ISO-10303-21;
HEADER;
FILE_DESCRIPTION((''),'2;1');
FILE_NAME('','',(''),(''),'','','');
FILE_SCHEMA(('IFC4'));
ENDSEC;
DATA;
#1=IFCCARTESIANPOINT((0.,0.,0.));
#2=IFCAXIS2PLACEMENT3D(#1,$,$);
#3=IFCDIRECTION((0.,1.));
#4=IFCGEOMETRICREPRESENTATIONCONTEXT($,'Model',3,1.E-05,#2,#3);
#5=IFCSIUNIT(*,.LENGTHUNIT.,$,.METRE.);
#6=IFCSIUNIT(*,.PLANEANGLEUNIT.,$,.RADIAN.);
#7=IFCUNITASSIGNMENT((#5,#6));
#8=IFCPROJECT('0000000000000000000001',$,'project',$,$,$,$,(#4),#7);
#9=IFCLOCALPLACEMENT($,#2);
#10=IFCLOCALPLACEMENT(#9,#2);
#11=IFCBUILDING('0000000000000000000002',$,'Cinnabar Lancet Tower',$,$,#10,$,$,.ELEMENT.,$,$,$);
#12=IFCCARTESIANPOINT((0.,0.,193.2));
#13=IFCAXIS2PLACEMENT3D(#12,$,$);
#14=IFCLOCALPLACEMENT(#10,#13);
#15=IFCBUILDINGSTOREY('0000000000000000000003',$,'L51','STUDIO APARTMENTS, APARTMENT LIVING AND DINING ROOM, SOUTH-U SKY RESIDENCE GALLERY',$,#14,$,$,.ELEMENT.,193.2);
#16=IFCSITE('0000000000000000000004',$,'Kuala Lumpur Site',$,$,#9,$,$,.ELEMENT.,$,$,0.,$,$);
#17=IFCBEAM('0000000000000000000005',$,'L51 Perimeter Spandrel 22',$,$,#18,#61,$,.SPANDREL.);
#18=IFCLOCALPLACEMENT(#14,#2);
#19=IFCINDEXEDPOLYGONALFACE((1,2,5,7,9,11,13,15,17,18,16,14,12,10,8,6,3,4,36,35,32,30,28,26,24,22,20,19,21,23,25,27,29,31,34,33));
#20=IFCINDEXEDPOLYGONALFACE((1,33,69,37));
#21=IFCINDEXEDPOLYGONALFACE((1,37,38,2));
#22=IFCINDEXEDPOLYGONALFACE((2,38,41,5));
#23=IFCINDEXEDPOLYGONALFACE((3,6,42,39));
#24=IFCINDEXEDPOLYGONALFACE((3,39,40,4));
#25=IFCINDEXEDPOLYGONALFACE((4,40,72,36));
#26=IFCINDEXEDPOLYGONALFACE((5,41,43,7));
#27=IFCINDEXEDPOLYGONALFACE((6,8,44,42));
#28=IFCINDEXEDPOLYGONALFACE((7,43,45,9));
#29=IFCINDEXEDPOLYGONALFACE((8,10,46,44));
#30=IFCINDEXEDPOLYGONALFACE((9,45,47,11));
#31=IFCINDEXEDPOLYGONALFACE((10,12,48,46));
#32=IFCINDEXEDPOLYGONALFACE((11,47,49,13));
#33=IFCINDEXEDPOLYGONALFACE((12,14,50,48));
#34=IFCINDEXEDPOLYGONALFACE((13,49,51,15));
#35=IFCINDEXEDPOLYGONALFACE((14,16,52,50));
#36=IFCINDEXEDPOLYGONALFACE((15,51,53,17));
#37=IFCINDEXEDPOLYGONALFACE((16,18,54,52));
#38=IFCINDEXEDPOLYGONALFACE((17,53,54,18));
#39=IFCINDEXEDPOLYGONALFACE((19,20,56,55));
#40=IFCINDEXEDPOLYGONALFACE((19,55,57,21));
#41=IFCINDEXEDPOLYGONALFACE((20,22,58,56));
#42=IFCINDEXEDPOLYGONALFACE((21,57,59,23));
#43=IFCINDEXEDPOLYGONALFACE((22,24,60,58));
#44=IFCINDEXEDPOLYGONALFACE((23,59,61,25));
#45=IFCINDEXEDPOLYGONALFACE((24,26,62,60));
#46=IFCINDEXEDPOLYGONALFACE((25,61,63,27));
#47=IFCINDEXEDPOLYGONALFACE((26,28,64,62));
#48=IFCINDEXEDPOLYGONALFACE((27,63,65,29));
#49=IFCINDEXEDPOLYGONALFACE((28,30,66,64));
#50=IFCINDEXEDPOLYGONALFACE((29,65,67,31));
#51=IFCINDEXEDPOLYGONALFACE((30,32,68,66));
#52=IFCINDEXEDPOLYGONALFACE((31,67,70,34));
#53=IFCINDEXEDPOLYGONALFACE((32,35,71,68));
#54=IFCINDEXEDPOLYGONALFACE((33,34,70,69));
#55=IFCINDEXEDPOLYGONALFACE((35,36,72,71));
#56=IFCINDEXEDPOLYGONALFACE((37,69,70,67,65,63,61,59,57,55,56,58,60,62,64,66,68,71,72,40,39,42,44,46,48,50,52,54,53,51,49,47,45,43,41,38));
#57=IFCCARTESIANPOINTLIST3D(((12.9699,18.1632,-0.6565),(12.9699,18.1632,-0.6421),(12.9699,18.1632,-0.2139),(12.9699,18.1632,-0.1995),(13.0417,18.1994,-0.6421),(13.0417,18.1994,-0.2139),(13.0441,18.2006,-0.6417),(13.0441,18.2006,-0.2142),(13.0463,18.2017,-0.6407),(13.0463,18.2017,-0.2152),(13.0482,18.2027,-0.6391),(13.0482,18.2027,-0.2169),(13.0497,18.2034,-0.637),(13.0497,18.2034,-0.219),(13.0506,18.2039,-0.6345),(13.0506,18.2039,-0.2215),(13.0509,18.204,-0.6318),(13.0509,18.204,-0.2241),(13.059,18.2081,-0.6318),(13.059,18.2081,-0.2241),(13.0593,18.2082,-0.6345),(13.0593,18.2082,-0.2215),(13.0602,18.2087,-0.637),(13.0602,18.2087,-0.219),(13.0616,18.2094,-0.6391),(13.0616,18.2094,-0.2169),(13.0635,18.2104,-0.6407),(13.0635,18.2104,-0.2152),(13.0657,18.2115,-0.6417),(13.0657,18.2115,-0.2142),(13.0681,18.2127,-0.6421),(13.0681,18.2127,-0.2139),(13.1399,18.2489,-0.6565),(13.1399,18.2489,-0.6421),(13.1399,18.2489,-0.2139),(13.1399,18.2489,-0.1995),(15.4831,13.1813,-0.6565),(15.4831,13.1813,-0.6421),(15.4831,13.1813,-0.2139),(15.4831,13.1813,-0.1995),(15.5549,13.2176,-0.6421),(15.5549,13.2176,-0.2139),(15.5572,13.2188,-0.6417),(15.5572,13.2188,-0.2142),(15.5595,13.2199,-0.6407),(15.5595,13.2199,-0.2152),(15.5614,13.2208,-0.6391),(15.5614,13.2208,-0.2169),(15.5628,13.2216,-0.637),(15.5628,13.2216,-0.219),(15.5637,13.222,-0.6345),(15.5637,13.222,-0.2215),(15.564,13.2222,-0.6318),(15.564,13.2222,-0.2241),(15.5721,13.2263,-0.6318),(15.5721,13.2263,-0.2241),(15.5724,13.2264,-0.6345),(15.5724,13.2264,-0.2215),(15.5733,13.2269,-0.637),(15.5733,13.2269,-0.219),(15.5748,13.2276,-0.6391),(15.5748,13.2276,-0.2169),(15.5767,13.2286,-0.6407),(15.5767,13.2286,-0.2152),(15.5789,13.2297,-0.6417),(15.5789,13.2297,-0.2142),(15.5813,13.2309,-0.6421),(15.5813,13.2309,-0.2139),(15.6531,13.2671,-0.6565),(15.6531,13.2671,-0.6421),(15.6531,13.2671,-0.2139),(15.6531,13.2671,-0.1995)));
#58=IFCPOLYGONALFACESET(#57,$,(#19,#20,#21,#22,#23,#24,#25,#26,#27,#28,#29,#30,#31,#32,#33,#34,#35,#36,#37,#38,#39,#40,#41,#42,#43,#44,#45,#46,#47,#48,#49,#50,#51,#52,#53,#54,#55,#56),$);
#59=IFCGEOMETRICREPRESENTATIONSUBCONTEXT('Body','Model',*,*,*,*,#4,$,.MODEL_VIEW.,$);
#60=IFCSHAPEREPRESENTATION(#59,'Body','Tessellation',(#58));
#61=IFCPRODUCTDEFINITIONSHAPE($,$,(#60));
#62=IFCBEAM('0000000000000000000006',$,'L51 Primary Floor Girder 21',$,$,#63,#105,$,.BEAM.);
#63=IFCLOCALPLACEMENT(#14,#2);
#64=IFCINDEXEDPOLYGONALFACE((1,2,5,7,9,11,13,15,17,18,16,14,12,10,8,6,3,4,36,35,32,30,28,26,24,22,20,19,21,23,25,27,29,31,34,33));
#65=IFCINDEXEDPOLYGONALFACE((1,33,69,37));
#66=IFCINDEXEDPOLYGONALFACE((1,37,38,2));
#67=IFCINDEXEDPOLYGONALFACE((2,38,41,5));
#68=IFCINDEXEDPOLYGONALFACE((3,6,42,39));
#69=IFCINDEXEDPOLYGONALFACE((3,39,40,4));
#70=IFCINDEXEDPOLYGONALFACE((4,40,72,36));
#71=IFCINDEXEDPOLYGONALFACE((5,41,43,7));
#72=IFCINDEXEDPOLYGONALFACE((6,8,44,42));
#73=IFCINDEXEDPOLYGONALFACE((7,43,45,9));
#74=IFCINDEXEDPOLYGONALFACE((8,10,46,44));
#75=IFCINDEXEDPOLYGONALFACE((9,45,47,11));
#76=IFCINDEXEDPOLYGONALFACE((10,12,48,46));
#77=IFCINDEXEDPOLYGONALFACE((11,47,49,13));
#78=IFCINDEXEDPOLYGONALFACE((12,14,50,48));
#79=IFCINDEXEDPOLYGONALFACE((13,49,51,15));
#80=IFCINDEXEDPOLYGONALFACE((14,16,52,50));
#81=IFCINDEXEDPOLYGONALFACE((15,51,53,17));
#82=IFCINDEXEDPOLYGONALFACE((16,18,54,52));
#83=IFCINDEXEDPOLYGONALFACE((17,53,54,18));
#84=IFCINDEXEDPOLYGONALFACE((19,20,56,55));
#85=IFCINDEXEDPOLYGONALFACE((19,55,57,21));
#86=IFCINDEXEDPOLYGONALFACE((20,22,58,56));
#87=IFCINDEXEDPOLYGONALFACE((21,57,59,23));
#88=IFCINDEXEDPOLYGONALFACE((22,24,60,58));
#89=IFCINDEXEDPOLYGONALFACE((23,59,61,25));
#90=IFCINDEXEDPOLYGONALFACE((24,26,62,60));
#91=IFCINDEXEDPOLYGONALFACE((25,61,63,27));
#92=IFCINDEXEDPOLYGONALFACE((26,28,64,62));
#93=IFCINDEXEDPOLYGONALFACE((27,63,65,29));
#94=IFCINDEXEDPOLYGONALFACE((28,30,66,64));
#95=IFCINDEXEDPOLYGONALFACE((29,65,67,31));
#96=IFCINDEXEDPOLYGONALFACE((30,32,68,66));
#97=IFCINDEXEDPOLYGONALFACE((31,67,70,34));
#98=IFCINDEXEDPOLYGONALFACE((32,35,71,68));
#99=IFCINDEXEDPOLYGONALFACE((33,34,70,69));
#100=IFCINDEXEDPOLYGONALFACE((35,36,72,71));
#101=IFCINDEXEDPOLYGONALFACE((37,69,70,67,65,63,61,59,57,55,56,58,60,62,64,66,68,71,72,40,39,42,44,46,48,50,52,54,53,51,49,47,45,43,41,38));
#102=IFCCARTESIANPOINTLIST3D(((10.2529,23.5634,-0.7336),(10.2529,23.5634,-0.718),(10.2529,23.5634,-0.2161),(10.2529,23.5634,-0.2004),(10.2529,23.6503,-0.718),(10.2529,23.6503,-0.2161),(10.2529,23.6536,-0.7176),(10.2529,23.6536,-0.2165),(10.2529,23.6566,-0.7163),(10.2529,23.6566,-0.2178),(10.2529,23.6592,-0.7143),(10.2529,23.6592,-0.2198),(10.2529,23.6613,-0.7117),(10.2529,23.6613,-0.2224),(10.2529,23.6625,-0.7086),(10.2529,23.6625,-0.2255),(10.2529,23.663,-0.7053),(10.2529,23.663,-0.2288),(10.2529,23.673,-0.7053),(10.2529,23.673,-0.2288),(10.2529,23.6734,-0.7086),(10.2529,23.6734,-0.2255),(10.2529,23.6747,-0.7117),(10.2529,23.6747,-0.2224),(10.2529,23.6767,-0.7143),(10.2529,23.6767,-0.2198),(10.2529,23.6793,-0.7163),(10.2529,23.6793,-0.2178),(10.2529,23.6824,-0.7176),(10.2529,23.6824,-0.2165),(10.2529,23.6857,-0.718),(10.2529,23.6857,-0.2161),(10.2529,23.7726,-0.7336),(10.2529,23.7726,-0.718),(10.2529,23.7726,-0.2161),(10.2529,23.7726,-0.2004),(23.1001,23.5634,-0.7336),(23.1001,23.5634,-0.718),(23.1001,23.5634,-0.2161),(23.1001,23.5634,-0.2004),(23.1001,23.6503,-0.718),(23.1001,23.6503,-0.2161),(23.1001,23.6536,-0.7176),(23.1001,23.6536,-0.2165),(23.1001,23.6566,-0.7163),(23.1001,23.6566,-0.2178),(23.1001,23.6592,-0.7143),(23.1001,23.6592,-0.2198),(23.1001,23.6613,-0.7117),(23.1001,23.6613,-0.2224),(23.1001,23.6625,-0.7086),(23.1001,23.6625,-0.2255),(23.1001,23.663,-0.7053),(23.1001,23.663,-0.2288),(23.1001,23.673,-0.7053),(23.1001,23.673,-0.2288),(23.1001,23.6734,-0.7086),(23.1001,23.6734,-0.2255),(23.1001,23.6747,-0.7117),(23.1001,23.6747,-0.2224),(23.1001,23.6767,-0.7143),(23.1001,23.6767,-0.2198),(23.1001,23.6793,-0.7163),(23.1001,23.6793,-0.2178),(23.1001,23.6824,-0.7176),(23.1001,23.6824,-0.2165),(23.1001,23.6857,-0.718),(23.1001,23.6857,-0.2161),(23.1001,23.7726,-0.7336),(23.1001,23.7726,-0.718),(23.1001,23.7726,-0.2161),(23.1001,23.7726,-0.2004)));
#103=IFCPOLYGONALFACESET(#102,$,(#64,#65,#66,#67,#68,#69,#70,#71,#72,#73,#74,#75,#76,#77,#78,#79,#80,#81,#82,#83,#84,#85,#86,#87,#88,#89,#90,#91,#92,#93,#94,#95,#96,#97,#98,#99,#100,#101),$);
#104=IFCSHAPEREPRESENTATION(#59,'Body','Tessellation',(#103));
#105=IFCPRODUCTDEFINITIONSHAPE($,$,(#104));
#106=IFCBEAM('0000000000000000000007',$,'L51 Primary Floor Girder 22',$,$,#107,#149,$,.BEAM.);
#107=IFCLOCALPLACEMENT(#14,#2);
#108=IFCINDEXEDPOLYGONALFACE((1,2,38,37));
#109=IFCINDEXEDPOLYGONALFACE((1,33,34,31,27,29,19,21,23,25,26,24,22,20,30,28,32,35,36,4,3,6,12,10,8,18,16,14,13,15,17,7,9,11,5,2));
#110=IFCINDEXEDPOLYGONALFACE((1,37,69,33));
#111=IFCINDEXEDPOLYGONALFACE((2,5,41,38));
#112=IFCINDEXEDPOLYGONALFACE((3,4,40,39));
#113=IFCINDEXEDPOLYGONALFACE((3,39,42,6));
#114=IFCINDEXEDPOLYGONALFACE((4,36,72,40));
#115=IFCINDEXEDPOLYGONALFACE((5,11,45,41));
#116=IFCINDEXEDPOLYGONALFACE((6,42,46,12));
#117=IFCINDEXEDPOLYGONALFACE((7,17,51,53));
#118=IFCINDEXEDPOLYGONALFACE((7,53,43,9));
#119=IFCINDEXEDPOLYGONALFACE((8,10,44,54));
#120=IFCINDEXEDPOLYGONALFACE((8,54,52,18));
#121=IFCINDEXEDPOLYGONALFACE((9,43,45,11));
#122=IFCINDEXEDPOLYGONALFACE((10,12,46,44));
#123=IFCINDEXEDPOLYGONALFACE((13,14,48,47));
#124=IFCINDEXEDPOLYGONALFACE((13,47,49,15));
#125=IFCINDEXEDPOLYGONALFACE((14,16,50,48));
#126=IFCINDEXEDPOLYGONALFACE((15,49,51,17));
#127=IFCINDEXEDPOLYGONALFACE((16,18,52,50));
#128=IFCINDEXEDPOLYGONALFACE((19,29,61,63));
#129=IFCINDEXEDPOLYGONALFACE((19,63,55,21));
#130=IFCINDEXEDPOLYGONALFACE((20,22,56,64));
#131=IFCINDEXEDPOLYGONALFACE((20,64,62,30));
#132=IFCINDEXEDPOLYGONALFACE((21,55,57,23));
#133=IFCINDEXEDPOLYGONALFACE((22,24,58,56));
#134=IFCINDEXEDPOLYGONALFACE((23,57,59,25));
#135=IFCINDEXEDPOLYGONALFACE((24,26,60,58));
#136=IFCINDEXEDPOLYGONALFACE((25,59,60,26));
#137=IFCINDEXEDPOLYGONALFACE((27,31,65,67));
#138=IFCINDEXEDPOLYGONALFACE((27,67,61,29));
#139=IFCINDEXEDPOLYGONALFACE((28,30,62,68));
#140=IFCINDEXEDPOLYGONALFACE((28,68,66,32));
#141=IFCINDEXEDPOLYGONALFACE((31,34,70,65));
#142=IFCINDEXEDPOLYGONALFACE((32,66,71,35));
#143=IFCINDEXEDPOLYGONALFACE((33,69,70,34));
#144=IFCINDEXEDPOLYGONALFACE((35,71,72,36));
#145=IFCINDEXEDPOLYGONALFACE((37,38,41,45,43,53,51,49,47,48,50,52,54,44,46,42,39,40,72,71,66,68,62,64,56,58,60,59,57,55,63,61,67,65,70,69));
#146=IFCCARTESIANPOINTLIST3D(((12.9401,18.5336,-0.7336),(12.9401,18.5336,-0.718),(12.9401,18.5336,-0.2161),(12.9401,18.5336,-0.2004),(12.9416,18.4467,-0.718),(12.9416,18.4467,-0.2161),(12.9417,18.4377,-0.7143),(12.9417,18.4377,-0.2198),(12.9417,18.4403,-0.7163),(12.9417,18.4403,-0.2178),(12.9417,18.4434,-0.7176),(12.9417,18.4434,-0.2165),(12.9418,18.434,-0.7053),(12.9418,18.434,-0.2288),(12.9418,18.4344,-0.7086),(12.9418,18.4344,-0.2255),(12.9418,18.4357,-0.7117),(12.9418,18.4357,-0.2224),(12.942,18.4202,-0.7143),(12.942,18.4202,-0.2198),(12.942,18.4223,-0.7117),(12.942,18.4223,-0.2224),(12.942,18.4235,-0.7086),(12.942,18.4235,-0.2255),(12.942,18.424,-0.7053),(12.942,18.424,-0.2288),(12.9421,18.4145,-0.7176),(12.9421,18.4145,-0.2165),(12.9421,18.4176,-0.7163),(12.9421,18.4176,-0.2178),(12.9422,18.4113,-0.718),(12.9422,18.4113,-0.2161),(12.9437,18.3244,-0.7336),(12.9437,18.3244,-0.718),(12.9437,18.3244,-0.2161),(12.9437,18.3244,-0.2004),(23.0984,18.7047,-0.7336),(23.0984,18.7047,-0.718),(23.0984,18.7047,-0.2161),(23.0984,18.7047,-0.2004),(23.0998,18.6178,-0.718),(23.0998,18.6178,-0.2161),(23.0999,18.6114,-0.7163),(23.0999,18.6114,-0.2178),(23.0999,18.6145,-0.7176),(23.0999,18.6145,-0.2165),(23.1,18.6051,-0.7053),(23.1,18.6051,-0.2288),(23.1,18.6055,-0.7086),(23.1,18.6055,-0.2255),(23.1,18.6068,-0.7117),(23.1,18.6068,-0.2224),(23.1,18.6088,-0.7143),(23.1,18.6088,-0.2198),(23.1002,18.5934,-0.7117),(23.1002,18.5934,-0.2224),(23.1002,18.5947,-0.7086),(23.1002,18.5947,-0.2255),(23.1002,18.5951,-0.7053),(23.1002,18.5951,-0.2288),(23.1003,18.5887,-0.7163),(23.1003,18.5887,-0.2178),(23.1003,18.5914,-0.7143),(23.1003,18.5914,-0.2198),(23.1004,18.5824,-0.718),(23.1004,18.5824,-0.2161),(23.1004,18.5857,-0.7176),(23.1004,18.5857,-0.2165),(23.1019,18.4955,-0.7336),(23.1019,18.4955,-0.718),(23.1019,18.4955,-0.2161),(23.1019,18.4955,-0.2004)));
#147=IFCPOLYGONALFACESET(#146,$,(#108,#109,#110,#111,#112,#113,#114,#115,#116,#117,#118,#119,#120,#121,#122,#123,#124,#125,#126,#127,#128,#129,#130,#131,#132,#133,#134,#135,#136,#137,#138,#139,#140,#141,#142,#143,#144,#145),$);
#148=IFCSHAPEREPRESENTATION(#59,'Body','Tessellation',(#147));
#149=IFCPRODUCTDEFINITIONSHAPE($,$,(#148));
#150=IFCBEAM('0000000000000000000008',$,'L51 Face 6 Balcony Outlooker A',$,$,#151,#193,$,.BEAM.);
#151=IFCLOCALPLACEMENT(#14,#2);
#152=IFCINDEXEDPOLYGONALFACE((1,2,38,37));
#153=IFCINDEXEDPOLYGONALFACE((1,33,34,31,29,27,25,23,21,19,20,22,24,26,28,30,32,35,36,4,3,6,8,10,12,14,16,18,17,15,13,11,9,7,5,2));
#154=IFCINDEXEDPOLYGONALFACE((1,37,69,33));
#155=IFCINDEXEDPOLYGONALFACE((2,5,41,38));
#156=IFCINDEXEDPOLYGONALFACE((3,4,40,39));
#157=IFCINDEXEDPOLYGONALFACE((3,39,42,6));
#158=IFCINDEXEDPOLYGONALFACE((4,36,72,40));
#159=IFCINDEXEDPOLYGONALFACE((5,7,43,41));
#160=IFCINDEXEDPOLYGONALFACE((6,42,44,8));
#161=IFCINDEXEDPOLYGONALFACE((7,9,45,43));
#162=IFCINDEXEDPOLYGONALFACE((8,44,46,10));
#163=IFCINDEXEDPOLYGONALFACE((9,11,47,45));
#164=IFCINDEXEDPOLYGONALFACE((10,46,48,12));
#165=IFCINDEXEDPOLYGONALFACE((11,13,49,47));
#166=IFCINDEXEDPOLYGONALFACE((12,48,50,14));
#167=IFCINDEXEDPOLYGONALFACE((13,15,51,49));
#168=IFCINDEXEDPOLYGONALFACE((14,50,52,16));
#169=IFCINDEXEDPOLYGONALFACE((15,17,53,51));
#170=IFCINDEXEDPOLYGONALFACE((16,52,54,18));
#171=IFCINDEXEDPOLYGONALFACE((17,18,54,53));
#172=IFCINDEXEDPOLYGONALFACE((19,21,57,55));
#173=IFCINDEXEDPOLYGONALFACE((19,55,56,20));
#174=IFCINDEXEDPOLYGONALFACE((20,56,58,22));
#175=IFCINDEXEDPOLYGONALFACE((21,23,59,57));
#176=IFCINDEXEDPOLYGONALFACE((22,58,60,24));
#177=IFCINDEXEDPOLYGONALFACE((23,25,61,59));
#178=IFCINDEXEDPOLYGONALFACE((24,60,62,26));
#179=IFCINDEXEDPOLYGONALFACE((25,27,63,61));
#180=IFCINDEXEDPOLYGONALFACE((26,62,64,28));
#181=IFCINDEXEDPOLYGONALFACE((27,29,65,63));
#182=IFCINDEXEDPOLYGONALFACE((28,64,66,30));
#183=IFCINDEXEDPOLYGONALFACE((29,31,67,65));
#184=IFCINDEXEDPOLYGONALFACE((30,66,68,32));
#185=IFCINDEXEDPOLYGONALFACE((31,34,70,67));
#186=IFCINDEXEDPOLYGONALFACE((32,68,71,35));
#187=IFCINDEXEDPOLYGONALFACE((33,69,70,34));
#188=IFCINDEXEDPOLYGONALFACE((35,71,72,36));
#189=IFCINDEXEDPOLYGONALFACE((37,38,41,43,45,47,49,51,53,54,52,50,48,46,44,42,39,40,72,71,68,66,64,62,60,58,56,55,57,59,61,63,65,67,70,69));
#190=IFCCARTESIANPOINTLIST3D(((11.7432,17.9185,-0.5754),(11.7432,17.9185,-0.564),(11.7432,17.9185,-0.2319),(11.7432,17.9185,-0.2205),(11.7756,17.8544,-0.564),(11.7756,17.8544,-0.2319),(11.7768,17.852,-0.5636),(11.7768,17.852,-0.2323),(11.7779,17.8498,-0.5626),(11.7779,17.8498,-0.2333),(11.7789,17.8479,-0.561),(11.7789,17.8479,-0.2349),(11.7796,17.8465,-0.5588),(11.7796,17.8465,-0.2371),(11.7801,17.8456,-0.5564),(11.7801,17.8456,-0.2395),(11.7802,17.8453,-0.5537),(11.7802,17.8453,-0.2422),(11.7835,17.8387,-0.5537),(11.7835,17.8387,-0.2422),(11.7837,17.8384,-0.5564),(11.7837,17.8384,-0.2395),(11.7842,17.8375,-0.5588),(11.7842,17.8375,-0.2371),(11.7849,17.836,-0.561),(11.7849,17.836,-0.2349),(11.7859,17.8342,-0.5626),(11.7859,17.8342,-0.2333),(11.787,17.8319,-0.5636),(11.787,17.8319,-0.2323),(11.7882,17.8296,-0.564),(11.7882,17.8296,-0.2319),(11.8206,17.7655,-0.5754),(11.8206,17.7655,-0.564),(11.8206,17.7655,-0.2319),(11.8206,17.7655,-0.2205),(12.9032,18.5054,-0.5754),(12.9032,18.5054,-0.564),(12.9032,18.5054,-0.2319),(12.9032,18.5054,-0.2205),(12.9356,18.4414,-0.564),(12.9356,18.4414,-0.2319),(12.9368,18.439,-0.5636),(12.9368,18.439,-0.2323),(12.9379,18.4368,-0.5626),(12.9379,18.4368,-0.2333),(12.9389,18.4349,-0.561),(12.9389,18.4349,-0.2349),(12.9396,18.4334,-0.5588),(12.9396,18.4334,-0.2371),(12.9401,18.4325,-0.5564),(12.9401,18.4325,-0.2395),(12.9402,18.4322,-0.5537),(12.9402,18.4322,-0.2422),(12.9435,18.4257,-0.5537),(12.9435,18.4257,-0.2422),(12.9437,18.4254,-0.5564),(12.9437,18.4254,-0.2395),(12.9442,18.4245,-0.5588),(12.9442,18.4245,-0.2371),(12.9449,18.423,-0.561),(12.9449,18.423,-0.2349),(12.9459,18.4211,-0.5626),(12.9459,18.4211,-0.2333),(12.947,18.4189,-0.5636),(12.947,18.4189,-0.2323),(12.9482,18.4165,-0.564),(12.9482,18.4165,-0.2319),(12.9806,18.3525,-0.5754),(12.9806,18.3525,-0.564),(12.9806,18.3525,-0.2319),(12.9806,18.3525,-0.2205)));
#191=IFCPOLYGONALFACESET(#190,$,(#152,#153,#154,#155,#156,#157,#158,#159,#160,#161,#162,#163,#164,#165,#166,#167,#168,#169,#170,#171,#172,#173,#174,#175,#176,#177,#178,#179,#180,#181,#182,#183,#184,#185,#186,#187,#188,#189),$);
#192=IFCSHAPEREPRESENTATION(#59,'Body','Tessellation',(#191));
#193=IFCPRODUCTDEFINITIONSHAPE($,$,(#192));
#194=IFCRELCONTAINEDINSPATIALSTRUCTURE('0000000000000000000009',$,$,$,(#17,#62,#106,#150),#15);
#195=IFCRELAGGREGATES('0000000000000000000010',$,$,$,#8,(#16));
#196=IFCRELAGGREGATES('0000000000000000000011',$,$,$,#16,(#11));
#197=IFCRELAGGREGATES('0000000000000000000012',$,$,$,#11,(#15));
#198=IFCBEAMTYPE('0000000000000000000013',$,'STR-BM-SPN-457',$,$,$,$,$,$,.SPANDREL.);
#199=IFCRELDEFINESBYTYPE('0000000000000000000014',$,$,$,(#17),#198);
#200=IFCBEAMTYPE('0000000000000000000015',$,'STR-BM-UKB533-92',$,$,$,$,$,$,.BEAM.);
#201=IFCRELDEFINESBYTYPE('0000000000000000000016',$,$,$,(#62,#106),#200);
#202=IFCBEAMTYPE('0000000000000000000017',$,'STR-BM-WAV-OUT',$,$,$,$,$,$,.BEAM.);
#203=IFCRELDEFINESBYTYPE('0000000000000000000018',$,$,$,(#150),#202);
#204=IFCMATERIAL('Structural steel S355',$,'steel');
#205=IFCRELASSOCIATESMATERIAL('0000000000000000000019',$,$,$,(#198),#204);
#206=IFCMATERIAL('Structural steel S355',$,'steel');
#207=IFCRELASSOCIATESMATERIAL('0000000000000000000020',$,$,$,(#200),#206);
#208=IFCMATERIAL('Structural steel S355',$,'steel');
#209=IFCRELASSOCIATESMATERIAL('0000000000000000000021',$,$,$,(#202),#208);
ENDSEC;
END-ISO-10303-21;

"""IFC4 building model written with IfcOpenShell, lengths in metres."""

from ifc_helpers import new_model, si_unit, direction, frame, origin, origin_2d, place, context, subcontext, project, spatial, i_section, extrude, material, material_profile, profile_set, type_object, element, save


model = new_model("IFC4")

# Units and contexts
model_context = context("Model", 3, precision=1e-05, world=origin(), true_north=direction((0.0, 1.0)))
body_context = subcontext(model_context, "Body", "Model", "MODEL_VIEW")
ifc_project = project(units=[si_unit("LENGTHUNIT", "METRE"), si_unit("PLANEANGLEUNIT", "RADIAN")], contexts=[model_context])

# Site, building, storey
site_placement = place(None, origin())
site = spatial("IfcSite", under=ifc_project, at=site_placement, Name="Kuala Lumpur Site", CompositionType="ELEMENT", RefElevation=0.0)
building_placement = place(site_placement, origin())
building = spatial("IfcBuilding", under=site, at=building_placement, Name="Cinnabar Lancet Tower", CompositionType="ELEMENT")
storey_placement = place(building_placement, frame((0.0, 0.0, 193.2)))
storey = spatial("IfcBuildingStorey", under=building, at=storey_placement, Name="L51", Description="STUDIO APARTMENTS, APARTMENT LIVING AND DINING ROOM, SOUTH-U SKY RESIDENCE GALLERY", CompositionType="ELEMENT", Elevation=193.2)

# Beams
ifc_material_1 = material(Name="Structural steel S355", Category="steel")
ifc_material_profile_1 = material_profile(ifc_material_1, i_section(OverallWidth=0.1904, OverallDepth=0.457, WebThickness=0.009, FlangeThickness=0.0144, FilletRadius=0.0103, at=origin_2d()), Name="UKB 457x191x74")
ifc_profile_set_1 = profile_set([ifc_material_profile_1], Name="Structural steel S355")
beam_type_1 = type_object("IfcBeamType", Name="STR-BM-SPN-457", PredefinedType="SPANDREL", material=ifc_profile_set_1)
beam_1_placement = place(storey_placement, frame((13.0549, 18.2061, -0.428), z_axis=(0.450396, -0.892829, 0.0), x_axis=(0.892829, 0.450396, 0.0)))
element("IfcBeam", 1, at=beam_1_placement, inside=storey, type_object=beam_type_1, Name="L51 Perimeter Spandrel 22", PredefinedType="SPANDREL", context=body_context, shape_type="SweptSolid", body=[
    extrude(i_section(OverallWidth=0.1904, OverallDepth=0.457, WebThickness=0.009, FlangeThickness=0.0144, FilletRadius=0.0103, at=origin_2d()), origin(), (0.0, 0.0, 1.0), 5.5798),
])
ifc_material_2 = material(Name="Structural steel S355", Category="steel")
ifc_material_profile_2 = material_profile(ifc_material_2, i_section(OverallWidth=0.2092, OverallDepth=0.5332, WebThickness=0.01, FlangeThickness=0.0156, FilletRadius=0.0127, at=origin_2d()), Name="UKB 533x210x92")
ifc_profile_set_2 = profile_set([ifc_material_profile_2], Name="Structural steel S355")
beam_type_2 = type_object("IfcBeamType", Name="STR-BM-UKB533-92", PredefinedType="BEAM", material=ifc_profile_set_2)
beam_2_placement = place(storey_placement, frame((10.2529, 23.668, -0.467), z_axis=(1.0, 0.0, 0.0), x_axis=(0.0, 1.0, 0.0)))
element("IfcBeam", 2, at=beam_2_placement, inside=storey, type_object=beam_type_2, Name="L51 Primary Floor Girder 21", PredefinedType="BEAM", context=body_context, shape_type="SweptSolid", body=[
    extrude(i_section(OverallWidth=0.2092, OverallDepth=0.5332, WebThickness=0.01, FlangeThickness=0.0156, FilletRadius=0.0127, at=origin_2d()), origin(), (0.0, 0.0, 1.0), 12.8472),
])
beam_3_placement = place(storey_placement, frame((12.9419, 18.429, -0.467), z_axis=(0.999858, 0.016845, 0.0), x_axis=(-0.016845, 0.999858, 0.0)))
element("IfcBeam", 3, at=beam_3_placement, inside=storey, type_object=beam_type_2, Name="L51 Primary Floor Girder 22", PredefinedType="BEAM", context=body_context, shape_type="SweptSolid", body=[
    extrude(i_section(OverallWidth=0.2092, OverallDepth=0.5332, WebThickness=0.01, FlangeThickness=0.0156, FilletRadius=0.0127, at=origin_2d()), origin(), (0.0, 0.0, 1.0), 10.1597),
])
ifc_material_3 = material(Name="Structural steel S355", Category="steel")
ifc_material_profile_3 = material_profile(ifc_material_3, i_section(OverallWidth=0.1714, OverallDepth=0.355, WebThickness=0.0073, FlangeThickness=0.0115, FilletRadius=0.0103, at=origin_2d()), Name="UKB 356x171x51")
ifc_profile_set_3 = profile_set([ifc_material_profile_3], Name="Structural steel S355")
beam_type_3 = type_object("IfcBeamType", Name="STR-BM-WAV-OUT", PredefinedType="BEAM", material=ifc_profile_set_3)
beam_4_placement = place(storey_placement, frame((12.9419, 18.429, -0.3979), z_axis=(-0.892276, -0.45149, 0.0), x_axis=(0.45149, -0.892276, 0.0)))
element("IfcBeam", 4, at=beam_4_placement, inside=storey, type_object=beam_type_3, Name="L51 Face 6 Balcony Outlooker A", PredefinedType="BEAM", context=body_context, shape_type="SweptSolid", body=[
    extrude(i_section(OverallWidth=0.1714, OverallDepth=0.355, WebThickness=0.0073, FlangeThickness=0.0115, FilletRadius=0.0103, at=origin_2d()), origin(), (0.0, 0.0, 1.0), 1.3),
])

save(model, "model.ifc")
